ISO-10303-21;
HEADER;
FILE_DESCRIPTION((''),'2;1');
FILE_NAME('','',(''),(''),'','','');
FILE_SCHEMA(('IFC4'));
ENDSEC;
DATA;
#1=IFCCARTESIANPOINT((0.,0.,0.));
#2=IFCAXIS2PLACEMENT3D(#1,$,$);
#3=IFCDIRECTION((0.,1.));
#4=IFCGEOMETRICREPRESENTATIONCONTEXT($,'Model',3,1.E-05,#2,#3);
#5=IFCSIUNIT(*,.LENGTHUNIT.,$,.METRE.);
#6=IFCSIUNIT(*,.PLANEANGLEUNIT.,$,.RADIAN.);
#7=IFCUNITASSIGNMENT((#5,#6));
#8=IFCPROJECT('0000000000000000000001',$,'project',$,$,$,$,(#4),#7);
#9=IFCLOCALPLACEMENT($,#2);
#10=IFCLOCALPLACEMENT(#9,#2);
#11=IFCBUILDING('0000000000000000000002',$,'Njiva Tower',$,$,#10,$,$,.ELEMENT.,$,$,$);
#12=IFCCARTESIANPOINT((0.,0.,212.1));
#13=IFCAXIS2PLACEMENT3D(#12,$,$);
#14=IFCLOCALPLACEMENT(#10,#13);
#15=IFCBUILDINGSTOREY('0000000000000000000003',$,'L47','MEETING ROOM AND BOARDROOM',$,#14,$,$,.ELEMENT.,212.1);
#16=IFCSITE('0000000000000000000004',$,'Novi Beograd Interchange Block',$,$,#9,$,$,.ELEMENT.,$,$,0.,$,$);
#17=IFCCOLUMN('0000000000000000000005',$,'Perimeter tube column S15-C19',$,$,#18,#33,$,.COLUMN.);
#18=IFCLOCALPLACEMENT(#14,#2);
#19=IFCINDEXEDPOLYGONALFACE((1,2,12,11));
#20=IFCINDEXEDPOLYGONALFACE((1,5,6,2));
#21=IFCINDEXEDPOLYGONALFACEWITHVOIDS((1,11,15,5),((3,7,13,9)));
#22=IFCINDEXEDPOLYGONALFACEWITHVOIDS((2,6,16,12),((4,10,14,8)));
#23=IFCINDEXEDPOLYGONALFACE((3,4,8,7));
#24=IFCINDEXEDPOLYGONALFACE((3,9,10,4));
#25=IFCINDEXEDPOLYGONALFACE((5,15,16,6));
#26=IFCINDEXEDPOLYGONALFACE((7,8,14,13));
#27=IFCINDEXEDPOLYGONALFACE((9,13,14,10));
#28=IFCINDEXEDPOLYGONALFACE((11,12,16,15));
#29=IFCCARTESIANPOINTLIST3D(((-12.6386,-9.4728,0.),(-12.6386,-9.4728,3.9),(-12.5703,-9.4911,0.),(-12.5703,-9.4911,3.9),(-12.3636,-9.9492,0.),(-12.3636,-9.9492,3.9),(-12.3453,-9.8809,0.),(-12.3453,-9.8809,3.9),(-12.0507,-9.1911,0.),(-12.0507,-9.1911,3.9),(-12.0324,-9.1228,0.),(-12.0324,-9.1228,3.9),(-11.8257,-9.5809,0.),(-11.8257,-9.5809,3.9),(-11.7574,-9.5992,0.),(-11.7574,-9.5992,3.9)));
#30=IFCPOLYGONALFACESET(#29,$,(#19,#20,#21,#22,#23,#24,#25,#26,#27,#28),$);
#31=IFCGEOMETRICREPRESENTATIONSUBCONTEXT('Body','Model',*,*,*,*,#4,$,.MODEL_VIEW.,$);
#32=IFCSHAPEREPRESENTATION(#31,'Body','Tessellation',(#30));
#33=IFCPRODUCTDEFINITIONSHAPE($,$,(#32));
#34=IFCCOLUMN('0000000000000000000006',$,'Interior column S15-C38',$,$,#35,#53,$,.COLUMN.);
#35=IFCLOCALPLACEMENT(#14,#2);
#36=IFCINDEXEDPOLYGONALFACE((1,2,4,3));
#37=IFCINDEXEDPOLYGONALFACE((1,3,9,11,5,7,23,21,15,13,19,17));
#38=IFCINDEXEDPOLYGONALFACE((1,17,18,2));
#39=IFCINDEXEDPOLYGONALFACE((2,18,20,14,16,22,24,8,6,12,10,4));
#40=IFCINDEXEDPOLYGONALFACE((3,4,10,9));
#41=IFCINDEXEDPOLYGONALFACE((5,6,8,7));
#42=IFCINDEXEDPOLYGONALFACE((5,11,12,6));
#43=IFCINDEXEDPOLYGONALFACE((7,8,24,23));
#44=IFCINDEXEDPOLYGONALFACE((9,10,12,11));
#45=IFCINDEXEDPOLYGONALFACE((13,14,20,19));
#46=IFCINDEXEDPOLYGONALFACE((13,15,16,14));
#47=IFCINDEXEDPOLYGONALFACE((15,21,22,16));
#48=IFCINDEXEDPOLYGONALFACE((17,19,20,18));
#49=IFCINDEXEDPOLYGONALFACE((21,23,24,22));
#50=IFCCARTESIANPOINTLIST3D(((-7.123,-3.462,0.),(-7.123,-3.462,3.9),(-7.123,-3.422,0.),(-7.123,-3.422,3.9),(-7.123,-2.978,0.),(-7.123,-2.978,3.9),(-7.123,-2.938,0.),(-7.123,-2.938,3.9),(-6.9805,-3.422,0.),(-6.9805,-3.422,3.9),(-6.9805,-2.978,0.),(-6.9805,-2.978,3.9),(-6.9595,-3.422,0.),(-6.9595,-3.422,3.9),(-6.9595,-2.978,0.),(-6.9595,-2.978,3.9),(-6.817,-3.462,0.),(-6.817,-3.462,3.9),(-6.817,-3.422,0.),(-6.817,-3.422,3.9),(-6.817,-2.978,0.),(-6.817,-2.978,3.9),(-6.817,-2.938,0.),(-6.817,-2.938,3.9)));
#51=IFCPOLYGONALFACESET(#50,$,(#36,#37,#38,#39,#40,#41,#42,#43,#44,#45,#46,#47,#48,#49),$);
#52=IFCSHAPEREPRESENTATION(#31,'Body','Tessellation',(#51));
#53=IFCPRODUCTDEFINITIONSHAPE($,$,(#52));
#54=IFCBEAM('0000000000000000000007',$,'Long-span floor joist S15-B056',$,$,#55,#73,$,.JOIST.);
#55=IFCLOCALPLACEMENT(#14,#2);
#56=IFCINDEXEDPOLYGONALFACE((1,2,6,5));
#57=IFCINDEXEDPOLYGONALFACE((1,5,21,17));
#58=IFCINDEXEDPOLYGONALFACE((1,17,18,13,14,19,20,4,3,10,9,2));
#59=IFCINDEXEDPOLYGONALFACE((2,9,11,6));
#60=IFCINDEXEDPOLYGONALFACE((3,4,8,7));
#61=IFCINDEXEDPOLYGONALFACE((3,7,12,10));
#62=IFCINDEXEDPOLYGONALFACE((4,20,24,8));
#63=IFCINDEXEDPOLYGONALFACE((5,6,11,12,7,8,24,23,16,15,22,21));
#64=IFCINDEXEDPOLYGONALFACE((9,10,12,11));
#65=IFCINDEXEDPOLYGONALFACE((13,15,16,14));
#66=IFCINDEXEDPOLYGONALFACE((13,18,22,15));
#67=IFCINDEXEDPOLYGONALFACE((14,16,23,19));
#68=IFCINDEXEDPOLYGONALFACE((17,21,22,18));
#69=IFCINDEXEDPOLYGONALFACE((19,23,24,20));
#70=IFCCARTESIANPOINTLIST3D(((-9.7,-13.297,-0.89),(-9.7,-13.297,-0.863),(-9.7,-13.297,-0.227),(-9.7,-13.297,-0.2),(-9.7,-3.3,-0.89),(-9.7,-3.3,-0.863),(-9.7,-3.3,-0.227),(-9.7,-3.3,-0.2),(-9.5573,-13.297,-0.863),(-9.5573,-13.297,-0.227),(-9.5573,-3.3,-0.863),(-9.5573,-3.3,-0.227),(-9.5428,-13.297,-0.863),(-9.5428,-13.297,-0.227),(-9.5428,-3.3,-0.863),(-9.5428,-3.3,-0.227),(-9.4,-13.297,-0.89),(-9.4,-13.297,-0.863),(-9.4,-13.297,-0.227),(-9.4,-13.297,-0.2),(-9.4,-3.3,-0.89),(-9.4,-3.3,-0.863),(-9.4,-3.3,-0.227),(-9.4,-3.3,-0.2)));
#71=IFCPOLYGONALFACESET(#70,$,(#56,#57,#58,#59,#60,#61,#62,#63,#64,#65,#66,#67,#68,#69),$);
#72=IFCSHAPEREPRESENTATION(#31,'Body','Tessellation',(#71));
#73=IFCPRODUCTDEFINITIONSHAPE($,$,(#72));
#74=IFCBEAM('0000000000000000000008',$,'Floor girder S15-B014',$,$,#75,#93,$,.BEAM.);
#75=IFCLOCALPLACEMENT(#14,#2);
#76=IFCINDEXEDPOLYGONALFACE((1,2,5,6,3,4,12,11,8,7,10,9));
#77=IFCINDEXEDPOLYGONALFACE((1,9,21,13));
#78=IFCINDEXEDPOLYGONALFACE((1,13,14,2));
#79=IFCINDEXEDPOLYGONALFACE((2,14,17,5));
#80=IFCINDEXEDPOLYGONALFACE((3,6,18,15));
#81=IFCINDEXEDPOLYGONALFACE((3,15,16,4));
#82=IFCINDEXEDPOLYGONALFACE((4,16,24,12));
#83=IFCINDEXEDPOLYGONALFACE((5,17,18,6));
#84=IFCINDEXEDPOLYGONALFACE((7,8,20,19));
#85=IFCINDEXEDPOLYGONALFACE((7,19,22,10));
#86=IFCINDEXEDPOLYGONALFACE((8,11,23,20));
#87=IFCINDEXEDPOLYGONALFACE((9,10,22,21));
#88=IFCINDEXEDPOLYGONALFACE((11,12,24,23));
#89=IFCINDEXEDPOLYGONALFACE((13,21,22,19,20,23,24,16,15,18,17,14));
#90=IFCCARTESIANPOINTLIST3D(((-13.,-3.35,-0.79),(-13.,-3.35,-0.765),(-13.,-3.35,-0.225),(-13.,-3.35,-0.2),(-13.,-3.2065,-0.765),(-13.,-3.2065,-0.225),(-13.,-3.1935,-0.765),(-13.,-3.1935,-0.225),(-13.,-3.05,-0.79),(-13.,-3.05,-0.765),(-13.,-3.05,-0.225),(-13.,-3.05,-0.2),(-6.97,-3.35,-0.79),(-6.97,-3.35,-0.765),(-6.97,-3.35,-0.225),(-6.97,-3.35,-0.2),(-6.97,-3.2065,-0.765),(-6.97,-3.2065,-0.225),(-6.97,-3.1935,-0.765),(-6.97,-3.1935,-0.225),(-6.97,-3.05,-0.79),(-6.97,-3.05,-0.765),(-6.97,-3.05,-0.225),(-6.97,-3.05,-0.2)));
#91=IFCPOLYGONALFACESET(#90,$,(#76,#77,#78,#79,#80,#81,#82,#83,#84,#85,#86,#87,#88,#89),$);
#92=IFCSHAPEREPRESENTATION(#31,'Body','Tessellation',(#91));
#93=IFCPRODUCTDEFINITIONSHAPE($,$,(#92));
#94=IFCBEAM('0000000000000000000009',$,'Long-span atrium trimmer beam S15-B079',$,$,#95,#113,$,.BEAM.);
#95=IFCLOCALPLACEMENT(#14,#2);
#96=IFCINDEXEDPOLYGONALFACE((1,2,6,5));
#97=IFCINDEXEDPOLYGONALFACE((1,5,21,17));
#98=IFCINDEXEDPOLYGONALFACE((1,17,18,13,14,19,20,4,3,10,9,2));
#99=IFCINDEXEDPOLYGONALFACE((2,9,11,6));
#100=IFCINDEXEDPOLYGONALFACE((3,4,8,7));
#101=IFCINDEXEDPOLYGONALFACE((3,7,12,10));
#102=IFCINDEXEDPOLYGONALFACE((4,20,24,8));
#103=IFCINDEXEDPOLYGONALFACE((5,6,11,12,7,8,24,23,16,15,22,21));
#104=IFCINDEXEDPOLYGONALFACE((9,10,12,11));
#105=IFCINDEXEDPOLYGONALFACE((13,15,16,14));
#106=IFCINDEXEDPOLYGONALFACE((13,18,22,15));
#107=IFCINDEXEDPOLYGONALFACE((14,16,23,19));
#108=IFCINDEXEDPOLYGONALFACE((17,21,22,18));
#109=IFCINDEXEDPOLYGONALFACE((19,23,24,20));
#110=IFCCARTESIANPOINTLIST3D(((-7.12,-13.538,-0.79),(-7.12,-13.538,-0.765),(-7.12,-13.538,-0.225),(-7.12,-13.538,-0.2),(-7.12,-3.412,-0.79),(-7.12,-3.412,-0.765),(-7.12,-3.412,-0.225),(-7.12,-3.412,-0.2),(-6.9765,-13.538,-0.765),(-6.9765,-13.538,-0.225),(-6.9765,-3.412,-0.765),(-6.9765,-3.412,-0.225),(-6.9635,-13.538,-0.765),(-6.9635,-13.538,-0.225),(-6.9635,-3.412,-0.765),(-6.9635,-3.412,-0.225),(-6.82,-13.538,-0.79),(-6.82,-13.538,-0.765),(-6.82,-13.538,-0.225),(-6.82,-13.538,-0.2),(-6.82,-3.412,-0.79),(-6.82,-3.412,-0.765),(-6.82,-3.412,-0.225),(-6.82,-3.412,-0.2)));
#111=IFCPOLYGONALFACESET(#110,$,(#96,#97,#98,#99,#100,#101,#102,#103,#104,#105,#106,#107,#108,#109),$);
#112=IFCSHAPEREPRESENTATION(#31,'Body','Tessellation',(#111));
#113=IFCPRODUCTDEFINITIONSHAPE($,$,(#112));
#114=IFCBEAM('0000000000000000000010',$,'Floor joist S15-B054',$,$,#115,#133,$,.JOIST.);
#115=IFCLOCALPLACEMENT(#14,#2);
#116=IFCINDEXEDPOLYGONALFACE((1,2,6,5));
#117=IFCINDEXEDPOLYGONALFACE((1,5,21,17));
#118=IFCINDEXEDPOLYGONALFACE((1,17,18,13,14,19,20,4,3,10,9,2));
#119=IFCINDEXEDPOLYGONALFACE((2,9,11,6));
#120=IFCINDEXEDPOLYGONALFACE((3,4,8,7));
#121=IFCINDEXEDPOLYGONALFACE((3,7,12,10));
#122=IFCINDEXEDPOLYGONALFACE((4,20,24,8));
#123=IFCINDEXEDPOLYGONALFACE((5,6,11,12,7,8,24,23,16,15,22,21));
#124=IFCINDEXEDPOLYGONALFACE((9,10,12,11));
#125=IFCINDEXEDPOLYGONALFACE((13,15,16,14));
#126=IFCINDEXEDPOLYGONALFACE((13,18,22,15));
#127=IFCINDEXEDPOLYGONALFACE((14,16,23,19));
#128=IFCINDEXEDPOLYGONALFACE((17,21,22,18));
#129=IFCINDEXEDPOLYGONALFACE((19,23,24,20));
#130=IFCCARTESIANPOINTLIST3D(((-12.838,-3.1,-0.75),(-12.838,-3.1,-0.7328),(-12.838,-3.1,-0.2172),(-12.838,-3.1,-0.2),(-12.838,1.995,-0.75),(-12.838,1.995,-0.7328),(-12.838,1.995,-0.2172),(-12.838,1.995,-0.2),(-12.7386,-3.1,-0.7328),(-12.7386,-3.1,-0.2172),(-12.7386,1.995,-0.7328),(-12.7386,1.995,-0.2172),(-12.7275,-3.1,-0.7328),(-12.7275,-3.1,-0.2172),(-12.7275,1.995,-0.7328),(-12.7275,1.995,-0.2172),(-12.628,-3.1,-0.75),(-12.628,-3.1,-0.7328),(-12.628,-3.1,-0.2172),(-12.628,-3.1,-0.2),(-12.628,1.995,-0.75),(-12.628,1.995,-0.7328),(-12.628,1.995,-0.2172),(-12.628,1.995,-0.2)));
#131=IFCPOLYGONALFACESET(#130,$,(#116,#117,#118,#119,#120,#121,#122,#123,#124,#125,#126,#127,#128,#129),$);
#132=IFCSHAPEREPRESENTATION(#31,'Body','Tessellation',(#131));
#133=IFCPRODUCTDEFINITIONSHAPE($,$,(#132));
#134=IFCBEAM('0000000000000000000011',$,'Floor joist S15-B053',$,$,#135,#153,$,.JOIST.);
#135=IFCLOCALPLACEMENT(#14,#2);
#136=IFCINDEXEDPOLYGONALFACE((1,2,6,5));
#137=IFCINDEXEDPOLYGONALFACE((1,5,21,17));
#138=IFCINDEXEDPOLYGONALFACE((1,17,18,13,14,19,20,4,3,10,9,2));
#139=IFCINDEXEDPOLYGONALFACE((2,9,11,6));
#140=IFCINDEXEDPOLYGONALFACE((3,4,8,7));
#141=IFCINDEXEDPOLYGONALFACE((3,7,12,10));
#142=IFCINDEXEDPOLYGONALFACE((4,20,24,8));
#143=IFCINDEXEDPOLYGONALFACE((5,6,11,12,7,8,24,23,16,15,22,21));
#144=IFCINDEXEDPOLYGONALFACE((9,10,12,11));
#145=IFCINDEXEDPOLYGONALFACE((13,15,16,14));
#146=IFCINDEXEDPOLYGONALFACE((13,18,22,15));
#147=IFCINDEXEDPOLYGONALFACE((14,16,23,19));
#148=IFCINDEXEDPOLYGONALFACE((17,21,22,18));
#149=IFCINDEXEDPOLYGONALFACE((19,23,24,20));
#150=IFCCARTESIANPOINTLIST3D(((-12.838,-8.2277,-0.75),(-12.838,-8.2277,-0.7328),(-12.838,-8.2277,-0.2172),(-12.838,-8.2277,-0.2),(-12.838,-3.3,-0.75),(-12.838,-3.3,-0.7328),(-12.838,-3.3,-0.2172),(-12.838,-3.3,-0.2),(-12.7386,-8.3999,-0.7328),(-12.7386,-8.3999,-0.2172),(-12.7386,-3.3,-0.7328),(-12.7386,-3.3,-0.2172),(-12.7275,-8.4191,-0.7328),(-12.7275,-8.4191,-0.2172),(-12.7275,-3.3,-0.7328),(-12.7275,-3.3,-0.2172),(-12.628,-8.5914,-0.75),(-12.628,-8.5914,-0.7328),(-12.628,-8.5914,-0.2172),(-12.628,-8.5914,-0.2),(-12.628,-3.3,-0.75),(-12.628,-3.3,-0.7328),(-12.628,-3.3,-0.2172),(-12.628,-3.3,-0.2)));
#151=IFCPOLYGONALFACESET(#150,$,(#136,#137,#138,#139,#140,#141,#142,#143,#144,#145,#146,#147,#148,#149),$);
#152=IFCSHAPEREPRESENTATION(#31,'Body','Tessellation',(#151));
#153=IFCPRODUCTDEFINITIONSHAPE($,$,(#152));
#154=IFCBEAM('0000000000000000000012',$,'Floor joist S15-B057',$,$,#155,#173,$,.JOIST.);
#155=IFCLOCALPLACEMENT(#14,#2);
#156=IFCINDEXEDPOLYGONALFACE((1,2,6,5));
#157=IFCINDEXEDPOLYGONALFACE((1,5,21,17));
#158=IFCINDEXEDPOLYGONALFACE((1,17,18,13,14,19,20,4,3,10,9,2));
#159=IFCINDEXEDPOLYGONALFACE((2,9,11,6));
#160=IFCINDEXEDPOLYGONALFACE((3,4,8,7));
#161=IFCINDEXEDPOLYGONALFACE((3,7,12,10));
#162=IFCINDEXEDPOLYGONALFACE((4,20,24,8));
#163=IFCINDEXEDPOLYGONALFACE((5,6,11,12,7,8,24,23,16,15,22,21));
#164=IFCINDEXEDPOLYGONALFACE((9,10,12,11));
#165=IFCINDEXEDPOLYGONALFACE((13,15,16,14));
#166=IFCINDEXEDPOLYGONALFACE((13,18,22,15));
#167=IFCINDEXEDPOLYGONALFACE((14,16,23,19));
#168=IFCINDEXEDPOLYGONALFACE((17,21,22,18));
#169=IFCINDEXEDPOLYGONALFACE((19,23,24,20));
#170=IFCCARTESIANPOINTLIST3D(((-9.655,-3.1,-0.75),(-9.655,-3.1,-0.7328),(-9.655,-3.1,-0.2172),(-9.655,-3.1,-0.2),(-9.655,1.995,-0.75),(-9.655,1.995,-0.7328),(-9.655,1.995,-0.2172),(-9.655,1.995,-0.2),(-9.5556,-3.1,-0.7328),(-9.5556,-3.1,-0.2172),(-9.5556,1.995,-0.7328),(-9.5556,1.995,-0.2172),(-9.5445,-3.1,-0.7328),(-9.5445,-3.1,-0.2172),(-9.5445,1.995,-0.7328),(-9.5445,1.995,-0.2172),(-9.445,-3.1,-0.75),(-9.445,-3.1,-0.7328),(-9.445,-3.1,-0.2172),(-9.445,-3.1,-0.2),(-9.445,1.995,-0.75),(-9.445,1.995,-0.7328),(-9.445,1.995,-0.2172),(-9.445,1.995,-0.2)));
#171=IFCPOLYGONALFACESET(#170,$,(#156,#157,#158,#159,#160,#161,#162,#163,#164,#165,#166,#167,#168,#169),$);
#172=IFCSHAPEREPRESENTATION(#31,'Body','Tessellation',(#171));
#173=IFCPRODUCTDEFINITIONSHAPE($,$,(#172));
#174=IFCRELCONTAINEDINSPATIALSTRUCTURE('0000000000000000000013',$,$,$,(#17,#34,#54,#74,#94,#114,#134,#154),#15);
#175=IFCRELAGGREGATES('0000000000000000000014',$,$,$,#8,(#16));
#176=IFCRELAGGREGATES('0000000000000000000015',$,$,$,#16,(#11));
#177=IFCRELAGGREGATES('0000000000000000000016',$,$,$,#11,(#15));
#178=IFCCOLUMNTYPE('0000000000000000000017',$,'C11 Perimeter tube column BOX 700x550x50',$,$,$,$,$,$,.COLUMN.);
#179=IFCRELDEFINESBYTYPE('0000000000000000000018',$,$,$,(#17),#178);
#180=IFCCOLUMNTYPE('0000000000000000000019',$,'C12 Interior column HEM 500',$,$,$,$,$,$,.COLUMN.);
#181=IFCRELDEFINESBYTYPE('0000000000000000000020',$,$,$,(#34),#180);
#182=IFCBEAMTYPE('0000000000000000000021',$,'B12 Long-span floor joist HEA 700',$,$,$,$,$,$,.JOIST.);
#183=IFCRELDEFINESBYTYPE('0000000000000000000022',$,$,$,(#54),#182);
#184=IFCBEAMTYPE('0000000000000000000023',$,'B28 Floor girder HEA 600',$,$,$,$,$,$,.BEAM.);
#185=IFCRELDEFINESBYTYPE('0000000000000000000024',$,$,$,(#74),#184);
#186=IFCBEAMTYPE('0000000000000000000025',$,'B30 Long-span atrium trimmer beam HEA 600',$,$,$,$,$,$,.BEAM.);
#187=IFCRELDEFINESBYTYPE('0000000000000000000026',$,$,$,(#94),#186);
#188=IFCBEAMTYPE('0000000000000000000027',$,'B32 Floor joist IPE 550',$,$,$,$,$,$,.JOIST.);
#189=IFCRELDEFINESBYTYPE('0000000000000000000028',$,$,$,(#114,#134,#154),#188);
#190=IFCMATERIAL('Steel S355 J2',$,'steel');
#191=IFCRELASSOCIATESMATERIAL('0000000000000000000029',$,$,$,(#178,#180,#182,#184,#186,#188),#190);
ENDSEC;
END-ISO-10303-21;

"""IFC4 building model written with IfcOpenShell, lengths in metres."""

from ifc_helpers import new_model, si_unit, direction, frame, origin, origin_2d, place, context, subcontext, project, spatial, hollow_rectangle, i_section, extrude, clip, halfspace, material, material_profile, profile_set, type_object, element, save


model = new_model("IFC4")

# Units and contexts
model_context = context("Model", 3, precision=1e-05, world=origin(), true_north=direction((0.0, 1.0)))
body_context = subcontext(model_context, "Body", "Model", "MODEL_VIEW")
ifc_project = project(units=[si_unit("LENGTHUNIT", "METRE"), si_unit("PLANEANGLEUNIT", "RADIAN")], contexts=[model_context])

# Site, building, storey
site_placement = place(None, origin())
site = spatial("IfcSite", under=ifc_project, at=site_placement, Name="Novi Beograd Interchange Block", CompositionType="ELEMENT", RefElevation=0.0)
building_placement = place(site_placement, origin())
building = spatial("IfcBuilding", under=site, at=building_placement, Name="Njiva Tower", CompositionType="ELEMENT")
storey_placement = place(building_placement, frame((0.0, 0.0, 212.1)))
storey = spatial("IfcBuildingStorey", under=building, at=storey_placement, Name="L47", Description="MEETING ROOM AND BOARDROOM", CompositionType="ELEMENT", Elevation=212.1)

# Columns
ifc_material_1 = material(Name="Steel S355 J2", Category="steel")
ifc_material_profile_1 = material_profile(ifc_material_1, hollow_rectangle(XDim=0.55, YDim=0.7, WallThickness=0.05, at=origin_2d()), Name="BOX 700x550x50")
ifc_profile_set_1 = profile_set([ifc_material_profile_1], Name="Steel S355 J2")
column_type_1 = type_object("IfcColumnType", Name="C11 Perimeter tube column BOX 700x550x50", PredefinedType="COLUMN", material=ifc_profile_set_1)
column_1_placement = place(storey_placement, frame((-12.198, -9.536, 0.0), z_axis=(0.0, 0.0, 1.0), x_axis=(0.5, -0.866025, 0.0)))
element("IfcColumn", 1, at=column_1_placement, inside=storey, type_object=column_type_1, Name="Perimeter tube column S15-C19", PredefinedType="COLUMN", context=body_context, shape_type="SweptSolid", body=[
    extrude(hollow_rectangle(XDim=0.55, YDim=0.7, WallThickness=0.05, at=origin_2d()), origin(), (0.0, 0.0, 1.0), 3.9),
])
ifc_material_profile_2 = material_profile(ifc_material_1, i_section(OverallWidth=0.306, OverallDepth=0.524, WebThickness=0.021, FlangeThickness=0.04, at=origin_2d()), Name="HEM 500")
ifc_profile_set_2 = profile_set([ifc_material_profile_2], Name="Steel S355 J2")
column_type_2 = type_object("IfcColumnType", Name="C12 Interior column HEM 500", PredefinedType="COLUMN", material=ifc_profile_set_2)
column_2_placement = place(storey_placement, frame((-6.97, -3.2, 0.0), z_axis=(0.0, 0.0, 1.0), x_axis=(1.0, 0.0, 0.0)))
element("IfcColumn", 2, at=column_2_placement, inside=storey, type_object=column_type_2, Name="Interior column S15-C38", PredefinedType="COLUMN", context=body_context, shape_type="SweptSolid", body=[
    extrude(i_section(OverallWidth=0.306, OverallDepth=0.524, WebThickness=0.021, FlangeThickness=0.04, at=origin_2d()), origin(), (0.0, 0.0, 1.0), 3.9),
])

# Beams
ifc_material_profile_3 = material_profile(ifc_material_1, i_section(OverallWidth=0.3, OverallDepth=0.69, WebThickness=0.0145, FlangeThickness=0.027, at=origin_2d()), Name="HEA 700")
ifc_profile_set_3 = profile_set([ifc_material_profile_3], Name="Steel S355 J2")
beam_type_1 = type_object("IfcBeamType", Name="B12 Long-span floor joist HEA 700", PredefinedType="JOIST", material=ifc_profile_set_3)
beam_1_placement = place(storey_placement, frame((-9.55, -3.3, -0.545), z_axis=(0.0, -1.0, 0.0), x_axis=(1.0, 0.0, 0.0)))
element("IfcBeam", 3, at=beam_1_placement, inside=storey, type_object=beam_type_1, Name="Long-span floor joist S15-B056", PredefinedType="JOIST", context=body_context, shape_type="SweptSolid", body=[
    extrude(i_section(OverallWidth=0.3, OverallDepth=0.69, WebThickness=0.0145, FlangeThickness=0.027, at=origin_2d()), origin(), (0.0, 0.0, 1.0), 9.997),
])
ifc_material_profile_4 = material_profile(ifc_material_1, i_section(OverallWidth=0.3, OverallDepth=0.59, WebThickness=0.013, FlangeThickness=0.025, at=origin_2d()), Name="HEA 600")
ifc_profile_set_4 = profile_set([ifc_material_profile_4], Name="Steel S355 J2")
beam_type_2 = type_object("IfcBeamType", Name="B28 Floor girder HEA 600", PredefinedType="BEAM", material=ifc_profile_set_4)
beam_2_placement = place(storey_placement, frame((-13.0, -3.2, -0.495), z_axis=(1.0, 0.0, 0.0), x_axis=(0.0, 1.0, 0.0)))
element("IfcBeam", 4, at=beam_2_placement, inside=storey, type_object=beam_type_2, Name="Floor girder S15-B014", PredefinedType="BEAM", context=body_context, shape_type="SweptSolid", body=[
    extrude(i_section(OverallWidth=0.3, OverallDepth=0.59, WebThickness=0.013, FlangeThickness=0.025, at=origin_2d()), origin(), (0.0, 0.0, 1.0), 6.03),
])
ifc_material_profile_5 = material_profile(ifc_material_1, i_section(OverallWidth=0.3, OverallDepth=0.59, WebThickness=0.013, FlangeThickness=0.025, at=origin_2d()), Name="HEA 600")
ifc_profile_set_5 = profile_set([ifc_material_profile_5], Name="Steel S355 J2")
beam_type_3 = type_object("IfcBeamType", Name="B30 Long-span atrium trimmer beam HEA 600", PredefinedType="BEAM", material=ifc_profile_set_5)
beam_3_placement = place(storey_placement, frame((-6.97, -3.412, -0.495), z_axis=(0.0, -1.0, 0.0), x_axis=(1.0, 0.0, 0.0)))
element("IfcBeam", 5, at=beam_3_placement, inside=storey, type_object=beam_type_3, Name="Long-span atrium trimmer beam S15-B079", PredefinedType="BEAM", context=body_context, shape_type="SweptSolid", body=[
    extrude(i_section(OverallWidth=0.3, OverallDepth=0.59, WebThickness=0.013, FlangeThickness=0.025, at=origin_2d()), origin(), (0.0, 0.0, 1.0), 10.126),
])
ifc_material_profile_6 = material_profile(ifc_material_1, i_section(OverallWidth=0.21, OverallDepth=0.55, WebThickness=0.0111, FlangeThickness=0.0172, at=origin_2d()), Name="IPE 550")
ifc_profile_set_6 = profile_set([ifc_material_profile_6], Name="Steel S355 J2")
beam_type_4 = type_object("IfcBeamType", Name="B32 Floor joist IPE 550", PredefinedType="JOIST", material=ifc_profile_set_6)
beam_4_placement = place(storey_placement, frame((-12.733, 1.995, -0.475), z_axis=(0.0, -1.0, 0.0), x_axis=(1.0, 0.0, 0.0)))
element("IfcBeam", 6, at=beam_4_placement, inside=storey, type_object=beam_type_4, Name="Floor joist S15-B054", PredefinedType="JOIST", context=body_context, shape_type="SweptSolid", body=[
    extrude(i_section(OverallWidth=0.21, OverallDepth=0.55, WebThickness=0.0111, FlangeThickness=0.0172, at=origin_2d()), origin(), (0.0, 0.0, 1.0), 5.095),
])
beam_5_placement = place(storey_placement, frame((-12.733, -3.3, -0.475), z_axis=(0.0, -1.0, 0.0), x_axis=(1.0, 0.0, 0.0)))
element("IfcBeam", 7, at=beam_5_placement, inside=storey, type_object=beam_type_4, Name="Floor joist S15-B053", PredefinedType="JOIST", context=body_context, shape_type="Clipping", body=[
    clip(extrude(i_section(OverallWidth=0.21, OverallDepth=0.55, WebThickness=0.0111, FlangeThickness=0.0172, at=origin_2d()), origin(), (0.0, 0.0, 1.0), 5.311), halfspace(frame((-0.0436, 0.0, 5.034), z_axis=(-0.866027, 0.0, 0.499998), x_axis=(0.0, 1.0, 0.0)), False)),
])
for number, where, z_axis, x_axis, name in (
    (8, (-9.55, 1.995, -0.475), (0.0, -1.0, 0.0), (1.0, 0.0, 0.0), "Floor joist S15-B057"),
):
    element("IfcBeam", number, at=place(storey_placement, frame(where, z_axis=z_axis, x_axis=x_axis)), inside=storey, type_object=beam_type_4, Name=name, PredefinedType="JOIST", context=body_context, shape_type="SweptSolid", body=[
        extrude(i_section(OverallWidth=0.21, OverallDepth=0.55, WebThickness=0.0111, FlangeThickness=0.0172, at=origin_2d()), origin(), (0.0, 0.0, 1.0), 5.095),
    ])

save(model, "model.ifc")
